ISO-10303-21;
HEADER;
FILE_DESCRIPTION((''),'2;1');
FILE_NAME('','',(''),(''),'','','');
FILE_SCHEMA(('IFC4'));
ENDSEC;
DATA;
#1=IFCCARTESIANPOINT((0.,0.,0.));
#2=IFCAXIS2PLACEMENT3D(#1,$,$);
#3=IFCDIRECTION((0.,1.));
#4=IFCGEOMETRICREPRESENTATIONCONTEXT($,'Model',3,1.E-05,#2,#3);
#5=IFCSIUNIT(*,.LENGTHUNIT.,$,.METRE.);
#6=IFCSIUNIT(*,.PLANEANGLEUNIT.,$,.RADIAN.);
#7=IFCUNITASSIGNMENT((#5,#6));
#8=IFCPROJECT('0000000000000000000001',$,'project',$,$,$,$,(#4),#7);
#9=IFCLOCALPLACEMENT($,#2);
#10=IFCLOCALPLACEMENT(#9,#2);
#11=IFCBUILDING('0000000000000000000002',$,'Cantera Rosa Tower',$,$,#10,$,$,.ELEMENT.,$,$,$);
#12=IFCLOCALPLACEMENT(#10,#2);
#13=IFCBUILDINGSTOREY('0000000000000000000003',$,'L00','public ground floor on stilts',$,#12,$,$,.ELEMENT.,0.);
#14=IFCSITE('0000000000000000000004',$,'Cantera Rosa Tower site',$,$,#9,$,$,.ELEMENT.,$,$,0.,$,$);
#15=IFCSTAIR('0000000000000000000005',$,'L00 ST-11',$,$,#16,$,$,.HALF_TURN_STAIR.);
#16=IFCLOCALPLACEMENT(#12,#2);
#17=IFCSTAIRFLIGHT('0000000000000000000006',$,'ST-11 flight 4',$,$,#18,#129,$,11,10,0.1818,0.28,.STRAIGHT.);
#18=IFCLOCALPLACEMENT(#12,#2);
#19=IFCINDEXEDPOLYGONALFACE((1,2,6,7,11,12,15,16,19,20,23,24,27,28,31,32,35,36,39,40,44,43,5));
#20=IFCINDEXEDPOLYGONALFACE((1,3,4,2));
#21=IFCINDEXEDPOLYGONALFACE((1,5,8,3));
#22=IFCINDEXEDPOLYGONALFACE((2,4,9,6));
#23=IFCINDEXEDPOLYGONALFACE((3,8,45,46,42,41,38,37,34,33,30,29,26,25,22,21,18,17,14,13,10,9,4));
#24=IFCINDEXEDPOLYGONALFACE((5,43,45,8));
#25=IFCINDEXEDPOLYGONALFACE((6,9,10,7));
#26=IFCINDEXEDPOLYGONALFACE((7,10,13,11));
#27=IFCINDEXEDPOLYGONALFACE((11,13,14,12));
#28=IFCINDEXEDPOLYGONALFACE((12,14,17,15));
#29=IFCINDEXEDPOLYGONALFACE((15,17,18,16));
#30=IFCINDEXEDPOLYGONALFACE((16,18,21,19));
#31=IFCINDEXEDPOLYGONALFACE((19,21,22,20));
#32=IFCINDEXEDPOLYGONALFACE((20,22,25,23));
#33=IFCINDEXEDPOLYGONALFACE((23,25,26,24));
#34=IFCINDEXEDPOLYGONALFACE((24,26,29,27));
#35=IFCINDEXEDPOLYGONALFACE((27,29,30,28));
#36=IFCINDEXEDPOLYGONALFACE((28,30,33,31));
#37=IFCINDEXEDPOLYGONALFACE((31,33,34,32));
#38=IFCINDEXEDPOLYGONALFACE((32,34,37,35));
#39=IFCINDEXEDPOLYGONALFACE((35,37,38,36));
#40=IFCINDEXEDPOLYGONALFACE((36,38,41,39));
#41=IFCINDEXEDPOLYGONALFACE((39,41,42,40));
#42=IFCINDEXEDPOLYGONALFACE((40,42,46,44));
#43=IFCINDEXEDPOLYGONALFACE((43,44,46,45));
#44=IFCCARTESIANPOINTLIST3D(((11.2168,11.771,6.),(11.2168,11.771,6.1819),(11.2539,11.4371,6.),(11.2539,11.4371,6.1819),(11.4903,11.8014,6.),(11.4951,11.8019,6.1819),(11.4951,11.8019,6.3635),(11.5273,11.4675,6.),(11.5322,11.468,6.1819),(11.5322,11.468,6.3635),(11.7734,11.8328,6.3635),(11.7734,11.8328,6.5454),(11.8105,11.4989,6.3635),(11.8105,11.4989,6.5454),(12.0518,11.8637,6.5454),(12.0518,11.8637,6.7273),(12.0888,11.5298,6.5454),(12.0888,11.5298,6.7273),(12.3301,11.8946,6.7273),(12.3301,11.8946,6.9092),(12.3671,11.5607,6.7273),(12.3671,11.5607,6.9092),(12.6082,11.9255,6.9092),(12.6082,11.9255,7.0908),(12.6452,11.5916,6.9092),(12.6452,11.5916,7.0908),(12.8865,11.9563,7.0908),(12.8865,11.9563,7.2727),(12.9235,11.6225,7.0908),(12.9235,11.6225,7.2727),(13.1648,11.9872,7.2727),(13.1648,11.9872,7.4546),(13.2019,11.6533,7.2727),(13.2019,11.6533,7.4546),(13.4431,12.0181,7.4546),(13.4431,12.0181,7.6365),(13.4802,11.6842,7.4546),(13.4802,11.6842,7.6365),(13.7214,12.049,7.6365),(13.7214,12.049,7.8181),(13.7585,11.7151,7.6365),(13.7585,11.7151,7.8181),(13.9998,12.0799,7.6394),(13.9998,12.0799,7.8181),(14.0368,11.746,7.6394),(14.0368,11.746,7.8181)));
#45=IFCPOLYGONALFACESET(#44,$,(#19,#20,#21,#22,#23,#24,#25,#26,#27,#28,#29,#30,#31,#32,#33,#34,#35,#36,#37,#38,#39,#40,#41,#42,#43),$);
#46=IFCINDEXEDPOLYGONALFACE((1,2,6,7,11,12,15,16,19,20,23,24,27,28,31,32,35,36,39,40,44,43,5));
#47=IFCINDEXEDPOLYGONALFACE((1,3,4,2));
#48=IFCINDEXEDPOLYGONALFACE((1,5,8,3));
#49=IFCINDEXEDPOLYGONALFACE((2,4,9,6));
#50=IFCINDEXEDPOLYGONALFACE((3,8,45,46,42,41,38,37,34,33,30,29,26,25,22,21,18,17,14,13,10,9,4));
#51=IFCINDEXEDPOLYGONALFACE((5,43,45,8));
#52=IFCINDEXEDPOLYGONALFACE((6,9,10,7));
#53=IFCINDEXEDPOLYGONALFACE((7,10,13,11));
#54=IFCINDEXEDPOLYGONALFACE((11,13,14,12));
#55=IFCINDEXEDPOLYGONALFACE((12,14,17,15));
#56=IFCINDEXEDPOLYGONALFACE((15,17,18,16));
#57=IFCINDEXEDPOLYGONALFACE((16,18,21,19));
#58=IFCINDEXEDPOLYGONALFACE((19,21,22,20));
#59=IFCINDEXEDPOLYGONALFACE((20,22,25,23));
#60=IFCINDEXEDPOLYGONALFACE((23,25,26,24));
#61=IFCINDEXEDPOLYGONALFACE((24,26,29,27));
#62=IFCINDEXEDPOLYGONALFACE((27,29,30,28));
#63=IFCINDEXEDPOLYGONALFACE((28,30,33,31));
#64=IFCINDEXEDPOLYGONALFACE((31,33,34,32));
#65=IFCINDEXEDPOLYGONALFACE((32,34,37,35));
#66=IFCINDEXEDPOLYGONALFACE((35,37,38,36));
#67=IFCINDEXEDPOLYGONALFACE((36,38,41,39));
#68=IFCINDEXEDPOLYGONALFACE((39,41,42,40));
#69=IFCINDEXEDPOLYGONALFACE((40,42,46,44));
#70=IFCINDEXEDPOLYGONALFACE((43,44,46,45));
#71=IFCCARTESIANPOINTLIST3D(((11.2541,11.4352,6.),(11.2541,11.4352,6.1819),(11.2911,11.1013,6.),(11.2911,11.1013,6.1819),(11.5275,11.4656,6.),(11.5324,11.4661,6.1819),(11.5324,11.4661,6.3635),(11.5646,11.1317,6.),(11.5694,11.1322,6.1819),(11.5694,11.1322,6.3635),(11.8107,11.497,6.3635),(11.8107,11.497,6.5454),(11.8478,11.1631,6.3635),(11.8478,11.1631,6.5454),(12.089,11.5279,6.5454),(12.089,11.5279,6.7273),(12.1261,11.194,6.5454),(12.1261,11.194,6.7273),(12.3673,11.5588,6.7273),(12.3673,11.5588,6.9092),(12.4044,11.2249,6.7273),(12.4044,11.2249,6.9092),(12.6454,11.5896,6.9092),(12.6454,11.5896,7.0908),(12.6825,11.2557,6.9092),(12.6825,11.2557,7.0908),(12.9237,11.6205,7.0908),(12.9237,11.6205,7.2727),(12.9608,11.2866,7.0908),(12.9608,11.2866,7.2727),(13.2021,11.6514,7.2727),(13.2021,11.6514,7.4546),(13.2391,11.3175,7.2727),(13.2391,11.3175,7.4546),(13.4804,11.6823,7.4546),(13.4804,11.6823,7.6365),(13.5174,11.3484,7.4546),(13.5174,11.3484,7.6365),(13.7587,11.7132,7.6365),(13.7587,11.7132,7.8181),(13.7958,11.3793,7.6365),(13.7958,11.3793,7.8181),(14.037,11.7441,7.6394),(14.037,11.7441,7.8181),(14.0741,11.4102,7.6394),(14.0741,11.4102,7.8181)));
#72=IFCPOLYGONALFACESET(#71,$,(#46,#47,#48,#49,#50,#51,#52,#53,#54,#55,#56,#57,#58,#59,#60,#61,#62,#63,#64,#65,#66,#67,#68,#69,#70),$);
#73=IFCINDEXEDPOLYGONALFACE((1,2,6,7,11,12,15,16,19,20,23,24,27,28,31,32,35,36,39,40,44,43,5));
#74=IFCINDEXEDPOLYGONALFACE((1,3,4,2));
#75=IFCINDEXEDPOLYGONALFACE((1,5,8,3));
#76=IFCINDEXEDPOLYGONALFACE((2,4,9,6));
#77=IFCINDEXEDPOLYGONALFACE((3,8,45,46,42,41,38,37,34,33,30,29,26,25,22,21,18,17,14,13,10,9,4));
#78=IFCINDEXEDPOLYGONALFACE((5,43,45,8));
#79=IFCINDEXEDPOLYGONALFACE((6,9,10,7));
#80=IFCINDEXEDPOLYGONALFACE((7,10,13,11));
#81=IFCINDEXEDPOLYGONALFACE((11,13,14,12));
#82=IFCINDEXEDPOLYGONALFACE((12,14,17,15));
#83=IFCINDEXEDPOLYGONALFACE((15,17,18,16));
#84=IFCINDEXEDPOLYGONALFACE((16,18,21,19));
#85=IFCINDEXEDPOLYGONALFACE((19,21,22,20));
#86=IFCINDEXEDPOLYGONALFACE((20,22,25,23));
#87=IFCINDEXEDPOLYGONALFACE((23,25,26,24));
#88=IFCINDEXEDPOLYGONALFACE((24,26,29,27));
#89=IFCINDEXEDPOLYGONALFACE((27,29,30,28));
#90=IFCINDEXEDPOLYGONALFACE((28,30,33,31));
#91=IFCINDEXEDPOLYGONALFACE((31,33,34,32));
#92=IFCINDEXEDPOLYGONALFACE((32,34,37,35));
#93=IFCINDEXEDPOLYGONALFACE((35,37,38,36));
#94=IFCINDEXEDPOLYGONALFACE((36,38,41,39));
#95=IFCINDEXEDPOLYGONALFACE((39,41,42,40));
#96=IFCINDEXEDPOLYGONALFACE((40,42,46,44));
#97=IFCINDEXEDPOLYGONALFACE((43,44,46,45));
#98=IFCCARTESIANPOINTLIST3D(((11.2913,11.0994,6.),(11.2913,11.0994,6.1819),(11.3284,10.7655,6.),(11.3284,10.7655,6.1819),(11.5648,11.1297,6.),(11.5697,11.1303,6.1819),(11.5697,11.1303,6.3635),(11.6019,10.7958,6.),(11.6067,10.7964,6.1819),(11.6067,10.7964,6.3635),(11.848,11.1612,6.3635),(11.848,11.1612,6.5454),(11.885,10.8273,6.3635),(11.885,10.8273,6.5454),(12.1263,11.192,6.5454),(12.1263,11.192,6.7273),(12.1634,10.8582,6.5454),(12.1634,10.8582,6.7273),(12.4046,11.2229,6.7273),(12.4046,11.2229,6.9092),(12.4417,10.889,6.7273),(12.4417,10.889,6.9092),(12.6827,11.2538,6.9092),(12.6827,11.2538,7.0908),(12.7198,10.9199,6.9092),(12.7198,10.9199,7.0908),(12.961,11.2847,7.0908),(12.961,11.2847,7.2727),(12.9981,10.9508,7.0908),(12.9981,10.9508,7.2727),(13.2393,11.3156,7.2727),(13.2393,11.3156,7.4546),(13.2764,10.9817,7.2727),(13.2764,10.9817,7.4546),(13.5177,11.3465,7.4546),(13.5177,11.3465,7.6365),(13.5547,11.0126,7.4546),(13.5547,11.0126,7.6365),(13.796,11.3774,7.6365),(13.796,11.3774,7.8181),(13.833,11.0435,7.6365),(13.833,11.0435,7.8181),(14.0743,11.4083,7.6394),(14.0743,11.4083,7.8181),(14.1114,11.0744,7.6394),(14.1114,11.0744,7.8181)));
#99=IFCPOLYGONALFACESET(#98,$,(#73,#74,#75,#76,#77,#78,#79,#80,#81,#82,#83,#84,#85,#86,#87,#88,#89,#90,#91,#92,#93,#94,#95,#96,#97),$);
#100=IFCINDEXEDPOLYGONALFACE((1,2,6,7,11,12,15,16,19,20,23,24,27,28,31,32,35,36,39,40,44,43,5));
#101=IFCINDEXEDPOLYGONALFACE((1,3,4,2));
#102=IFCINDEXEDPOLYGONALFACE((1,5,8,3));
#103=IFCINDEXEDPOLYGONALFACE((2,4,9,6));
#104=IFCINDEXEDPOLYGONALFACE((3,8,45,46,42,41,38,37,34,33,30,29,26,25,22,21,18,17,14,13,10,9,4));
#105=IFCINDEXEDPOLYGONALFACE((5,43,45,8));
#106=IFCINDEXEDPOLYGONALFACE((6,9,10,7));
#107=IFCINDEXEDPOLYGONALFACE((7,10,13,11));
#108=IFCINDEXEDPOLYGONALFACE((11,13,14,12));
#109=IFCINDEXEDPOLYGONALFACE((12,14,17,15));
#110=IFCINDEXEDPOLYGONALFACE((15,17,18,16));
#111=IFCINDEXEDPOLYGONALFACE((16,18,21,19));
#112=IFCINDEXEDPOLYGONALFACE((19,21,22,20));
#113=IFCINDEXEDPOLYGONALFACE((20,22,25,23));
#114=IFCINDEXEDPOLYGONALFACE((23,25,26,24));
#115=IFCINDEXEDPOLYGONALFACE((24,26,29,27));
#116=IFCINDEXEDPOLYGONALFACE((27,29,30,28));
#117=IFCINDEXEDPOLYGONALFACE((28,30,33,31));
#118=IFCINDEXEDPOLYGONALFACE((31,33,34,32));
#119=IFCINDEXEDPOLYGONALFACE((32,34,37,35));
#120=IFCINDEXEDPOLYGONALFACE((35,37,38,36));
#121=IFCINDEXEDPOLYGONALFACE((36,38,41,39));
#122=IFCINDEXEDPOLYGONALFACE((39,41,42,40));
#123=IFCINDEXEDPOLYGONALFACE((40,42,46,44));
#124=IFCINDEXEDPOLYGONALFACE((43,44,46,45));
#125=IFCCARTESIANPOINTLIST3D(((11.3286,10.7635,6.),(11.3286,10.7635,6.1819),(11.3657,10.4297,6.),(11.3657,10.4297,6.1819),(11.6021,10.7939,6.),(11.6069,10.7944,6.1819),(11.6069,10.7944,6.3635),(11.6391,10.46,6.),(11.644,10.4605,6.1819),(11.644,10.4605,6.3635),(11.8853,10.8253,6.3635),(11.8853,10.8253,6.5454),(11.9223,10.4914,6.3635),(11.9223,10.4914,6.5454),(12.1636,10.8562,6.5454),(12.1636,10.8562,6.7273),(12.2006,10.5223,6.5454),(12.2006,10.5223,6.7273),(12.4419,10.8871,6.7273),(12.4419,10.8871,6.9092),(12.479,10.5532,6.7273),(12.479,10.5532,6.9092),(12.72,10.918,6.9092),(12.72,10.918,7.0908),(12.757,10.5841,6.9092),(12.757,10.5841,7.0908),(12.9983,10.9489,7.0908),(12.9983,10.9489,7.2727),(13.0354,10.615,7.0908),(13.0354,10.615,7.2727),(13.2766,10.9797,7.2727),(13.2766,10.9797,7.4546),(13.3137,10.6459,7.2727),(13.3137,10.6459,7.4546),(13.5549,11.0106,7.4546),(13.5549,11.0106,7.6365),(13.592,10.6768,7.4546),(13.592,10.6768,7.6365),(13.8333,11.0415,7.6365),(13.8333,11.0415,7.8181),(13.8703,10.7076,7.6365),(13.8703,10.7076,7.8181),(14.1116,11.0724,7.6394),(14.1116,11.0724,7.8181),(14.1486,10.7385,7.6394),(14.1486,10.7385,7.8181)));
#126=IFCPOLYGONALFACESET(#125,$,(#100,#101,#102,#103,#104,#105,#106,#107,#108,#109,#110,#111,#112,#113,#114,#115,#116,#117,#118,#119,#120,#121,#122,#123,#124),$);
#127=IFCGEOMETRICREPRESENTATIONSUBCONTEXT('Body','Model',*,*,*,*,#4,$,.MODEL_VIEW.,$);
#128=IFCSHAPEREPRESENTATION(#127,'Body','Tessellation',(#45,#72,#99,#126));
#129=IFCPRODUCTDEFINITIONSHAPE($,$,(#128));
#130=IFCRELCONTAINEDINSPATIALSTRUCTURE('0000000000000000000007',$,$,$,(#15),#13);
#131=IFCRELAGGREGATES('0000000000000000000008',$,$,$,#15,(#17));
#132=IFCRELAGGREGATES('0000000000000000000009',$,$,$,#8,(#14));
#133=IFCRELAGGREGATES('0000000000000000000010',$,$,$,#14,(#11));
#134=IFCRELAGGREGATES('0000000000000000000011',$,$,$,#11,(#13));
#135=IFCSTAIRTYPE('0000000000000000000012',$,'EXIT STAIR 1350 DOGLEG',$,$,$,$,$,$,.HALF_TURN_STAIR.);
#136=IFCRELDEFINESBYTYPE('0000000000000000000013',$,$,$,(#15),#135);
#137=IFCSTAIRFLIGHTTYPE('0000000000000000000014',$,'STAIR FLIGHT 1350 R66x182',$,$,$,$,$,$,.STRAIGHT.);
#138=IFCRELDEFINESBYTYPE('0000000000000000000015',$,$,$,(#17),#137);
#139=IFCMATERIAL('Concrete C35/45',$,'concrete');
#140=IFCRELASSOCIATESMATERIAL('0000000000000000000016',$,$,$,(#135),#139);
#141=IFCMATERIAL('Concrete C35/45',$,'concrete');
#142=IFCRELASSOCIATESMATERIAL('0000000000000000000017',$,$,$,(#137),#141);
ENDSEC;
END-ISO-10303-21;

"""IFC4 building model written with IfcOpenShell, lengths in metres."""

from ifc_helpers import new_model, si_unit, direction, frame, origin, place, context, subcontext, project, spatial, polyline, outline, extrude, material, type_object, element, aggregate, save


model = new_model("IFC4")

# Units and contexts
model_context = context("Model", 3, precision=1e-05, world=origin(), true_north=direction((0.0, 1.0)))
body_context = subcontext(model_context, "Body", "Model", "MODEL_VIEW")
ifc_project = project(units=[si_unit("LENGTHUNIT", "METRE"), si_unit("PLANEANGLEUNIT", "RADIAN")], contexts=[model_context])

# Site, building, storey
site_placement = place(None, origin())
site = spatial("IfcSite", under=ifc_project, at=site_placement, Name="Cantera Rosa Tower site", CompositionType="ELEMENT", RefElevation=0.0)
building_placement = place(site_placement, origin())
building = spatial("IfcBuilding", under=site, at=building_placement, Name="Cantera Rosa Tower", CompositionType="ELEMENT")
storey_placement = place(building_placement, origin())
storey = spatial("IfcBuildingStorey", under=building, at=storey_placement, Name="L00", Description="public ground floor on stilts", CompositionType="ELEMENT", Elevation=0.0)

# Stair, stair flight
ifc_material_1 = material(Name="Concrete C35/45", Category="concrete")
stair_type = type_object("IfcStairType", Name="EXIT STAIR 1350 DOGLEG", PredefinedType="HALF_TURN_STAIR", material=ifc_material_1)
stair_placement = place(storey_placement, origin())
stair = element("IfcStair", 1, at=stair_placement, inside=storey, type_object=stair_type, Name="L00 ST-11", PredefinedType="HALF_TURN_STAIR")
ifc_material_2 = material(Name="Concrete C35/45", Category="concrete")
stair_flight_type = type_object("IfcStairFlightType", Name="STAIR FLIGHT 1350 R66x182", PredefinedType="STRAIGHT", material=ifc_material_2)
stair_flight_1_placement = place(storey_placement, frame((11.2913, 11.1001, 6.0), z_axis=(0.0, 0.0, 1.0), x_axis=(0.993897, 0.110313, 0.0)))
stair_flight_1 = element("IfcStairFlight", 2, at=stair_flight_1_placement, type_object=stair_flight_type, Name="ST-11 flight 4", NumberOfRisers=11, NumberOfTreads=10, PredefinedType="STRAIGHT", RiserHeight=0.1818, TreadLength=0.28, context=body_context, shape_type="SweptSolid", body=[
    extrude(outline(polyline([(0.0, 0.0), (0.0, 0.1819), (0.28, 0.1819), (0.28, 0.3635), (0.5601, 0.3635), (0.5601, 0.5454), (0.8401, 0.5454), (0.8401, 0.7273), (1.1201, 0.7273), (1.1201, 0.9092), (1.3999, 0.9092), (1.3999, 1.0908), (1.6799, 1.0908), (1.6799, 1.2727), (1.96, 1.2727), (1.96, 1.4546), (2.24, 1.4546), (2.24, 1.6365), (2.52, 1.6365), (2.52, 1.8181), (2.8, 1.8181), (2.8, 2.0), (2.8, 1.6394), (0.2751, 0.0), (0.0, 0.0)])), frame((0.0, 0.675, 0.0), z_axis=(0.0, -1.0, 0.0), x_axis=(1.0, 0.0, 0.0)), (0.0, 0.0, 1.0), 0.3359),
    extrude(outline(polyline([(0.0, 0.0), (0.0, 0.1819), (0.28, 0.1819), (0.28, 0.3635), (0.5601, 0.3635), (0.5601, 0.5454), (0.8401, 0.5454), (0.8401, 0.7273), (1.1201, 0.7273), (1.1201, 0.9092), (1.3999, 0.9092), (1.3999, 1.0908), (1.6799, 1.0908), (1.6799, 1.2727), (1.96, 1.2727), (1.96, 1.4546), (2.24, 1.4546), (2.24, 1.6365), (2.52, 1.6365), (2.52, 1.8181), (2.8, 1.8181), (2.8, 2.0), (2.8, 1.6394), (0.2751, 0.0), (0.0, 0.0)])), frame((0.0, 0.3372, 0.0), z_axis=(0.0, -1.0, 0.0), x_axis=(1.0, 0.0, 0.0)), (0.0, 0.0, 1.0), 0.3359),
    extrude(outline(polyline([(0.0, 0.0), (0.0, 0.1819), (0.28, 0.1819), (0.28, 0.3635), (0.5601, 0.3635), (0.5601, 0.5454), (0.8401, 0.5454), (0.8401, 0.7273), (1.1201, 0.7273), (1.1201, 0.9092), (1.3999, 0.9092), (1.3999, 1.0908), (1.6799, 1.0908), (1.6799, 1.2727), (1.96, 1.2727), (1.96, 1.4546), (2.24, 1.4546), (2.24, 1.6365), (2.52, 1.6365), (2.52, 1.8181), (2.8, 1.8181), (2.8, 2.0), (2.8, 1.6394), (0.2751, 0.0), (0.0, 0.0)])), frame((0.0, -0.0007, 0.0), z_axis=(0.0, -1.0, 0.0), x_axis=(1.0, 0.0, 0.0)), (0.0, 0.0, 1.0), 0.3359),
    extrude(outline(polyline([(0.0, 0.0), (0.0, 0.1819), (0.28, 0.1819), (0.28, 0.3635), (0.5601, 0.3635), (0.5601, 0.5454), (0.8401, 0.5454), (0.8401, 0.7273), (1.1201, 0.7273), (1.1201, 0.9092), (1.3999, 0.9092), (1.3999, 1.0908), (1.6799, 1.0908), (1.6799, 1.2727), (1.96, 1.2727), (1.96, 1.4546), (2.24, 1.4546), (2.24, 1.6365), (2.52, 1.6365), (2.52, 1.8181), (2.8, 1.8181), (2.8, 2.0), (2.8, 1.6394), (0.2751, 0.0), (0.0, 0.0)])), frame((0.0, -0.3386, 0.0), z_axis=(0.0, -1.0, 0.0), x_axis=(1.0, 0.0, 0.0)), (0.0, 0.0, 1.0), 0.3359),
])
aggregate(stair, [stair_flight_1])

save(model, "model.ifc")
